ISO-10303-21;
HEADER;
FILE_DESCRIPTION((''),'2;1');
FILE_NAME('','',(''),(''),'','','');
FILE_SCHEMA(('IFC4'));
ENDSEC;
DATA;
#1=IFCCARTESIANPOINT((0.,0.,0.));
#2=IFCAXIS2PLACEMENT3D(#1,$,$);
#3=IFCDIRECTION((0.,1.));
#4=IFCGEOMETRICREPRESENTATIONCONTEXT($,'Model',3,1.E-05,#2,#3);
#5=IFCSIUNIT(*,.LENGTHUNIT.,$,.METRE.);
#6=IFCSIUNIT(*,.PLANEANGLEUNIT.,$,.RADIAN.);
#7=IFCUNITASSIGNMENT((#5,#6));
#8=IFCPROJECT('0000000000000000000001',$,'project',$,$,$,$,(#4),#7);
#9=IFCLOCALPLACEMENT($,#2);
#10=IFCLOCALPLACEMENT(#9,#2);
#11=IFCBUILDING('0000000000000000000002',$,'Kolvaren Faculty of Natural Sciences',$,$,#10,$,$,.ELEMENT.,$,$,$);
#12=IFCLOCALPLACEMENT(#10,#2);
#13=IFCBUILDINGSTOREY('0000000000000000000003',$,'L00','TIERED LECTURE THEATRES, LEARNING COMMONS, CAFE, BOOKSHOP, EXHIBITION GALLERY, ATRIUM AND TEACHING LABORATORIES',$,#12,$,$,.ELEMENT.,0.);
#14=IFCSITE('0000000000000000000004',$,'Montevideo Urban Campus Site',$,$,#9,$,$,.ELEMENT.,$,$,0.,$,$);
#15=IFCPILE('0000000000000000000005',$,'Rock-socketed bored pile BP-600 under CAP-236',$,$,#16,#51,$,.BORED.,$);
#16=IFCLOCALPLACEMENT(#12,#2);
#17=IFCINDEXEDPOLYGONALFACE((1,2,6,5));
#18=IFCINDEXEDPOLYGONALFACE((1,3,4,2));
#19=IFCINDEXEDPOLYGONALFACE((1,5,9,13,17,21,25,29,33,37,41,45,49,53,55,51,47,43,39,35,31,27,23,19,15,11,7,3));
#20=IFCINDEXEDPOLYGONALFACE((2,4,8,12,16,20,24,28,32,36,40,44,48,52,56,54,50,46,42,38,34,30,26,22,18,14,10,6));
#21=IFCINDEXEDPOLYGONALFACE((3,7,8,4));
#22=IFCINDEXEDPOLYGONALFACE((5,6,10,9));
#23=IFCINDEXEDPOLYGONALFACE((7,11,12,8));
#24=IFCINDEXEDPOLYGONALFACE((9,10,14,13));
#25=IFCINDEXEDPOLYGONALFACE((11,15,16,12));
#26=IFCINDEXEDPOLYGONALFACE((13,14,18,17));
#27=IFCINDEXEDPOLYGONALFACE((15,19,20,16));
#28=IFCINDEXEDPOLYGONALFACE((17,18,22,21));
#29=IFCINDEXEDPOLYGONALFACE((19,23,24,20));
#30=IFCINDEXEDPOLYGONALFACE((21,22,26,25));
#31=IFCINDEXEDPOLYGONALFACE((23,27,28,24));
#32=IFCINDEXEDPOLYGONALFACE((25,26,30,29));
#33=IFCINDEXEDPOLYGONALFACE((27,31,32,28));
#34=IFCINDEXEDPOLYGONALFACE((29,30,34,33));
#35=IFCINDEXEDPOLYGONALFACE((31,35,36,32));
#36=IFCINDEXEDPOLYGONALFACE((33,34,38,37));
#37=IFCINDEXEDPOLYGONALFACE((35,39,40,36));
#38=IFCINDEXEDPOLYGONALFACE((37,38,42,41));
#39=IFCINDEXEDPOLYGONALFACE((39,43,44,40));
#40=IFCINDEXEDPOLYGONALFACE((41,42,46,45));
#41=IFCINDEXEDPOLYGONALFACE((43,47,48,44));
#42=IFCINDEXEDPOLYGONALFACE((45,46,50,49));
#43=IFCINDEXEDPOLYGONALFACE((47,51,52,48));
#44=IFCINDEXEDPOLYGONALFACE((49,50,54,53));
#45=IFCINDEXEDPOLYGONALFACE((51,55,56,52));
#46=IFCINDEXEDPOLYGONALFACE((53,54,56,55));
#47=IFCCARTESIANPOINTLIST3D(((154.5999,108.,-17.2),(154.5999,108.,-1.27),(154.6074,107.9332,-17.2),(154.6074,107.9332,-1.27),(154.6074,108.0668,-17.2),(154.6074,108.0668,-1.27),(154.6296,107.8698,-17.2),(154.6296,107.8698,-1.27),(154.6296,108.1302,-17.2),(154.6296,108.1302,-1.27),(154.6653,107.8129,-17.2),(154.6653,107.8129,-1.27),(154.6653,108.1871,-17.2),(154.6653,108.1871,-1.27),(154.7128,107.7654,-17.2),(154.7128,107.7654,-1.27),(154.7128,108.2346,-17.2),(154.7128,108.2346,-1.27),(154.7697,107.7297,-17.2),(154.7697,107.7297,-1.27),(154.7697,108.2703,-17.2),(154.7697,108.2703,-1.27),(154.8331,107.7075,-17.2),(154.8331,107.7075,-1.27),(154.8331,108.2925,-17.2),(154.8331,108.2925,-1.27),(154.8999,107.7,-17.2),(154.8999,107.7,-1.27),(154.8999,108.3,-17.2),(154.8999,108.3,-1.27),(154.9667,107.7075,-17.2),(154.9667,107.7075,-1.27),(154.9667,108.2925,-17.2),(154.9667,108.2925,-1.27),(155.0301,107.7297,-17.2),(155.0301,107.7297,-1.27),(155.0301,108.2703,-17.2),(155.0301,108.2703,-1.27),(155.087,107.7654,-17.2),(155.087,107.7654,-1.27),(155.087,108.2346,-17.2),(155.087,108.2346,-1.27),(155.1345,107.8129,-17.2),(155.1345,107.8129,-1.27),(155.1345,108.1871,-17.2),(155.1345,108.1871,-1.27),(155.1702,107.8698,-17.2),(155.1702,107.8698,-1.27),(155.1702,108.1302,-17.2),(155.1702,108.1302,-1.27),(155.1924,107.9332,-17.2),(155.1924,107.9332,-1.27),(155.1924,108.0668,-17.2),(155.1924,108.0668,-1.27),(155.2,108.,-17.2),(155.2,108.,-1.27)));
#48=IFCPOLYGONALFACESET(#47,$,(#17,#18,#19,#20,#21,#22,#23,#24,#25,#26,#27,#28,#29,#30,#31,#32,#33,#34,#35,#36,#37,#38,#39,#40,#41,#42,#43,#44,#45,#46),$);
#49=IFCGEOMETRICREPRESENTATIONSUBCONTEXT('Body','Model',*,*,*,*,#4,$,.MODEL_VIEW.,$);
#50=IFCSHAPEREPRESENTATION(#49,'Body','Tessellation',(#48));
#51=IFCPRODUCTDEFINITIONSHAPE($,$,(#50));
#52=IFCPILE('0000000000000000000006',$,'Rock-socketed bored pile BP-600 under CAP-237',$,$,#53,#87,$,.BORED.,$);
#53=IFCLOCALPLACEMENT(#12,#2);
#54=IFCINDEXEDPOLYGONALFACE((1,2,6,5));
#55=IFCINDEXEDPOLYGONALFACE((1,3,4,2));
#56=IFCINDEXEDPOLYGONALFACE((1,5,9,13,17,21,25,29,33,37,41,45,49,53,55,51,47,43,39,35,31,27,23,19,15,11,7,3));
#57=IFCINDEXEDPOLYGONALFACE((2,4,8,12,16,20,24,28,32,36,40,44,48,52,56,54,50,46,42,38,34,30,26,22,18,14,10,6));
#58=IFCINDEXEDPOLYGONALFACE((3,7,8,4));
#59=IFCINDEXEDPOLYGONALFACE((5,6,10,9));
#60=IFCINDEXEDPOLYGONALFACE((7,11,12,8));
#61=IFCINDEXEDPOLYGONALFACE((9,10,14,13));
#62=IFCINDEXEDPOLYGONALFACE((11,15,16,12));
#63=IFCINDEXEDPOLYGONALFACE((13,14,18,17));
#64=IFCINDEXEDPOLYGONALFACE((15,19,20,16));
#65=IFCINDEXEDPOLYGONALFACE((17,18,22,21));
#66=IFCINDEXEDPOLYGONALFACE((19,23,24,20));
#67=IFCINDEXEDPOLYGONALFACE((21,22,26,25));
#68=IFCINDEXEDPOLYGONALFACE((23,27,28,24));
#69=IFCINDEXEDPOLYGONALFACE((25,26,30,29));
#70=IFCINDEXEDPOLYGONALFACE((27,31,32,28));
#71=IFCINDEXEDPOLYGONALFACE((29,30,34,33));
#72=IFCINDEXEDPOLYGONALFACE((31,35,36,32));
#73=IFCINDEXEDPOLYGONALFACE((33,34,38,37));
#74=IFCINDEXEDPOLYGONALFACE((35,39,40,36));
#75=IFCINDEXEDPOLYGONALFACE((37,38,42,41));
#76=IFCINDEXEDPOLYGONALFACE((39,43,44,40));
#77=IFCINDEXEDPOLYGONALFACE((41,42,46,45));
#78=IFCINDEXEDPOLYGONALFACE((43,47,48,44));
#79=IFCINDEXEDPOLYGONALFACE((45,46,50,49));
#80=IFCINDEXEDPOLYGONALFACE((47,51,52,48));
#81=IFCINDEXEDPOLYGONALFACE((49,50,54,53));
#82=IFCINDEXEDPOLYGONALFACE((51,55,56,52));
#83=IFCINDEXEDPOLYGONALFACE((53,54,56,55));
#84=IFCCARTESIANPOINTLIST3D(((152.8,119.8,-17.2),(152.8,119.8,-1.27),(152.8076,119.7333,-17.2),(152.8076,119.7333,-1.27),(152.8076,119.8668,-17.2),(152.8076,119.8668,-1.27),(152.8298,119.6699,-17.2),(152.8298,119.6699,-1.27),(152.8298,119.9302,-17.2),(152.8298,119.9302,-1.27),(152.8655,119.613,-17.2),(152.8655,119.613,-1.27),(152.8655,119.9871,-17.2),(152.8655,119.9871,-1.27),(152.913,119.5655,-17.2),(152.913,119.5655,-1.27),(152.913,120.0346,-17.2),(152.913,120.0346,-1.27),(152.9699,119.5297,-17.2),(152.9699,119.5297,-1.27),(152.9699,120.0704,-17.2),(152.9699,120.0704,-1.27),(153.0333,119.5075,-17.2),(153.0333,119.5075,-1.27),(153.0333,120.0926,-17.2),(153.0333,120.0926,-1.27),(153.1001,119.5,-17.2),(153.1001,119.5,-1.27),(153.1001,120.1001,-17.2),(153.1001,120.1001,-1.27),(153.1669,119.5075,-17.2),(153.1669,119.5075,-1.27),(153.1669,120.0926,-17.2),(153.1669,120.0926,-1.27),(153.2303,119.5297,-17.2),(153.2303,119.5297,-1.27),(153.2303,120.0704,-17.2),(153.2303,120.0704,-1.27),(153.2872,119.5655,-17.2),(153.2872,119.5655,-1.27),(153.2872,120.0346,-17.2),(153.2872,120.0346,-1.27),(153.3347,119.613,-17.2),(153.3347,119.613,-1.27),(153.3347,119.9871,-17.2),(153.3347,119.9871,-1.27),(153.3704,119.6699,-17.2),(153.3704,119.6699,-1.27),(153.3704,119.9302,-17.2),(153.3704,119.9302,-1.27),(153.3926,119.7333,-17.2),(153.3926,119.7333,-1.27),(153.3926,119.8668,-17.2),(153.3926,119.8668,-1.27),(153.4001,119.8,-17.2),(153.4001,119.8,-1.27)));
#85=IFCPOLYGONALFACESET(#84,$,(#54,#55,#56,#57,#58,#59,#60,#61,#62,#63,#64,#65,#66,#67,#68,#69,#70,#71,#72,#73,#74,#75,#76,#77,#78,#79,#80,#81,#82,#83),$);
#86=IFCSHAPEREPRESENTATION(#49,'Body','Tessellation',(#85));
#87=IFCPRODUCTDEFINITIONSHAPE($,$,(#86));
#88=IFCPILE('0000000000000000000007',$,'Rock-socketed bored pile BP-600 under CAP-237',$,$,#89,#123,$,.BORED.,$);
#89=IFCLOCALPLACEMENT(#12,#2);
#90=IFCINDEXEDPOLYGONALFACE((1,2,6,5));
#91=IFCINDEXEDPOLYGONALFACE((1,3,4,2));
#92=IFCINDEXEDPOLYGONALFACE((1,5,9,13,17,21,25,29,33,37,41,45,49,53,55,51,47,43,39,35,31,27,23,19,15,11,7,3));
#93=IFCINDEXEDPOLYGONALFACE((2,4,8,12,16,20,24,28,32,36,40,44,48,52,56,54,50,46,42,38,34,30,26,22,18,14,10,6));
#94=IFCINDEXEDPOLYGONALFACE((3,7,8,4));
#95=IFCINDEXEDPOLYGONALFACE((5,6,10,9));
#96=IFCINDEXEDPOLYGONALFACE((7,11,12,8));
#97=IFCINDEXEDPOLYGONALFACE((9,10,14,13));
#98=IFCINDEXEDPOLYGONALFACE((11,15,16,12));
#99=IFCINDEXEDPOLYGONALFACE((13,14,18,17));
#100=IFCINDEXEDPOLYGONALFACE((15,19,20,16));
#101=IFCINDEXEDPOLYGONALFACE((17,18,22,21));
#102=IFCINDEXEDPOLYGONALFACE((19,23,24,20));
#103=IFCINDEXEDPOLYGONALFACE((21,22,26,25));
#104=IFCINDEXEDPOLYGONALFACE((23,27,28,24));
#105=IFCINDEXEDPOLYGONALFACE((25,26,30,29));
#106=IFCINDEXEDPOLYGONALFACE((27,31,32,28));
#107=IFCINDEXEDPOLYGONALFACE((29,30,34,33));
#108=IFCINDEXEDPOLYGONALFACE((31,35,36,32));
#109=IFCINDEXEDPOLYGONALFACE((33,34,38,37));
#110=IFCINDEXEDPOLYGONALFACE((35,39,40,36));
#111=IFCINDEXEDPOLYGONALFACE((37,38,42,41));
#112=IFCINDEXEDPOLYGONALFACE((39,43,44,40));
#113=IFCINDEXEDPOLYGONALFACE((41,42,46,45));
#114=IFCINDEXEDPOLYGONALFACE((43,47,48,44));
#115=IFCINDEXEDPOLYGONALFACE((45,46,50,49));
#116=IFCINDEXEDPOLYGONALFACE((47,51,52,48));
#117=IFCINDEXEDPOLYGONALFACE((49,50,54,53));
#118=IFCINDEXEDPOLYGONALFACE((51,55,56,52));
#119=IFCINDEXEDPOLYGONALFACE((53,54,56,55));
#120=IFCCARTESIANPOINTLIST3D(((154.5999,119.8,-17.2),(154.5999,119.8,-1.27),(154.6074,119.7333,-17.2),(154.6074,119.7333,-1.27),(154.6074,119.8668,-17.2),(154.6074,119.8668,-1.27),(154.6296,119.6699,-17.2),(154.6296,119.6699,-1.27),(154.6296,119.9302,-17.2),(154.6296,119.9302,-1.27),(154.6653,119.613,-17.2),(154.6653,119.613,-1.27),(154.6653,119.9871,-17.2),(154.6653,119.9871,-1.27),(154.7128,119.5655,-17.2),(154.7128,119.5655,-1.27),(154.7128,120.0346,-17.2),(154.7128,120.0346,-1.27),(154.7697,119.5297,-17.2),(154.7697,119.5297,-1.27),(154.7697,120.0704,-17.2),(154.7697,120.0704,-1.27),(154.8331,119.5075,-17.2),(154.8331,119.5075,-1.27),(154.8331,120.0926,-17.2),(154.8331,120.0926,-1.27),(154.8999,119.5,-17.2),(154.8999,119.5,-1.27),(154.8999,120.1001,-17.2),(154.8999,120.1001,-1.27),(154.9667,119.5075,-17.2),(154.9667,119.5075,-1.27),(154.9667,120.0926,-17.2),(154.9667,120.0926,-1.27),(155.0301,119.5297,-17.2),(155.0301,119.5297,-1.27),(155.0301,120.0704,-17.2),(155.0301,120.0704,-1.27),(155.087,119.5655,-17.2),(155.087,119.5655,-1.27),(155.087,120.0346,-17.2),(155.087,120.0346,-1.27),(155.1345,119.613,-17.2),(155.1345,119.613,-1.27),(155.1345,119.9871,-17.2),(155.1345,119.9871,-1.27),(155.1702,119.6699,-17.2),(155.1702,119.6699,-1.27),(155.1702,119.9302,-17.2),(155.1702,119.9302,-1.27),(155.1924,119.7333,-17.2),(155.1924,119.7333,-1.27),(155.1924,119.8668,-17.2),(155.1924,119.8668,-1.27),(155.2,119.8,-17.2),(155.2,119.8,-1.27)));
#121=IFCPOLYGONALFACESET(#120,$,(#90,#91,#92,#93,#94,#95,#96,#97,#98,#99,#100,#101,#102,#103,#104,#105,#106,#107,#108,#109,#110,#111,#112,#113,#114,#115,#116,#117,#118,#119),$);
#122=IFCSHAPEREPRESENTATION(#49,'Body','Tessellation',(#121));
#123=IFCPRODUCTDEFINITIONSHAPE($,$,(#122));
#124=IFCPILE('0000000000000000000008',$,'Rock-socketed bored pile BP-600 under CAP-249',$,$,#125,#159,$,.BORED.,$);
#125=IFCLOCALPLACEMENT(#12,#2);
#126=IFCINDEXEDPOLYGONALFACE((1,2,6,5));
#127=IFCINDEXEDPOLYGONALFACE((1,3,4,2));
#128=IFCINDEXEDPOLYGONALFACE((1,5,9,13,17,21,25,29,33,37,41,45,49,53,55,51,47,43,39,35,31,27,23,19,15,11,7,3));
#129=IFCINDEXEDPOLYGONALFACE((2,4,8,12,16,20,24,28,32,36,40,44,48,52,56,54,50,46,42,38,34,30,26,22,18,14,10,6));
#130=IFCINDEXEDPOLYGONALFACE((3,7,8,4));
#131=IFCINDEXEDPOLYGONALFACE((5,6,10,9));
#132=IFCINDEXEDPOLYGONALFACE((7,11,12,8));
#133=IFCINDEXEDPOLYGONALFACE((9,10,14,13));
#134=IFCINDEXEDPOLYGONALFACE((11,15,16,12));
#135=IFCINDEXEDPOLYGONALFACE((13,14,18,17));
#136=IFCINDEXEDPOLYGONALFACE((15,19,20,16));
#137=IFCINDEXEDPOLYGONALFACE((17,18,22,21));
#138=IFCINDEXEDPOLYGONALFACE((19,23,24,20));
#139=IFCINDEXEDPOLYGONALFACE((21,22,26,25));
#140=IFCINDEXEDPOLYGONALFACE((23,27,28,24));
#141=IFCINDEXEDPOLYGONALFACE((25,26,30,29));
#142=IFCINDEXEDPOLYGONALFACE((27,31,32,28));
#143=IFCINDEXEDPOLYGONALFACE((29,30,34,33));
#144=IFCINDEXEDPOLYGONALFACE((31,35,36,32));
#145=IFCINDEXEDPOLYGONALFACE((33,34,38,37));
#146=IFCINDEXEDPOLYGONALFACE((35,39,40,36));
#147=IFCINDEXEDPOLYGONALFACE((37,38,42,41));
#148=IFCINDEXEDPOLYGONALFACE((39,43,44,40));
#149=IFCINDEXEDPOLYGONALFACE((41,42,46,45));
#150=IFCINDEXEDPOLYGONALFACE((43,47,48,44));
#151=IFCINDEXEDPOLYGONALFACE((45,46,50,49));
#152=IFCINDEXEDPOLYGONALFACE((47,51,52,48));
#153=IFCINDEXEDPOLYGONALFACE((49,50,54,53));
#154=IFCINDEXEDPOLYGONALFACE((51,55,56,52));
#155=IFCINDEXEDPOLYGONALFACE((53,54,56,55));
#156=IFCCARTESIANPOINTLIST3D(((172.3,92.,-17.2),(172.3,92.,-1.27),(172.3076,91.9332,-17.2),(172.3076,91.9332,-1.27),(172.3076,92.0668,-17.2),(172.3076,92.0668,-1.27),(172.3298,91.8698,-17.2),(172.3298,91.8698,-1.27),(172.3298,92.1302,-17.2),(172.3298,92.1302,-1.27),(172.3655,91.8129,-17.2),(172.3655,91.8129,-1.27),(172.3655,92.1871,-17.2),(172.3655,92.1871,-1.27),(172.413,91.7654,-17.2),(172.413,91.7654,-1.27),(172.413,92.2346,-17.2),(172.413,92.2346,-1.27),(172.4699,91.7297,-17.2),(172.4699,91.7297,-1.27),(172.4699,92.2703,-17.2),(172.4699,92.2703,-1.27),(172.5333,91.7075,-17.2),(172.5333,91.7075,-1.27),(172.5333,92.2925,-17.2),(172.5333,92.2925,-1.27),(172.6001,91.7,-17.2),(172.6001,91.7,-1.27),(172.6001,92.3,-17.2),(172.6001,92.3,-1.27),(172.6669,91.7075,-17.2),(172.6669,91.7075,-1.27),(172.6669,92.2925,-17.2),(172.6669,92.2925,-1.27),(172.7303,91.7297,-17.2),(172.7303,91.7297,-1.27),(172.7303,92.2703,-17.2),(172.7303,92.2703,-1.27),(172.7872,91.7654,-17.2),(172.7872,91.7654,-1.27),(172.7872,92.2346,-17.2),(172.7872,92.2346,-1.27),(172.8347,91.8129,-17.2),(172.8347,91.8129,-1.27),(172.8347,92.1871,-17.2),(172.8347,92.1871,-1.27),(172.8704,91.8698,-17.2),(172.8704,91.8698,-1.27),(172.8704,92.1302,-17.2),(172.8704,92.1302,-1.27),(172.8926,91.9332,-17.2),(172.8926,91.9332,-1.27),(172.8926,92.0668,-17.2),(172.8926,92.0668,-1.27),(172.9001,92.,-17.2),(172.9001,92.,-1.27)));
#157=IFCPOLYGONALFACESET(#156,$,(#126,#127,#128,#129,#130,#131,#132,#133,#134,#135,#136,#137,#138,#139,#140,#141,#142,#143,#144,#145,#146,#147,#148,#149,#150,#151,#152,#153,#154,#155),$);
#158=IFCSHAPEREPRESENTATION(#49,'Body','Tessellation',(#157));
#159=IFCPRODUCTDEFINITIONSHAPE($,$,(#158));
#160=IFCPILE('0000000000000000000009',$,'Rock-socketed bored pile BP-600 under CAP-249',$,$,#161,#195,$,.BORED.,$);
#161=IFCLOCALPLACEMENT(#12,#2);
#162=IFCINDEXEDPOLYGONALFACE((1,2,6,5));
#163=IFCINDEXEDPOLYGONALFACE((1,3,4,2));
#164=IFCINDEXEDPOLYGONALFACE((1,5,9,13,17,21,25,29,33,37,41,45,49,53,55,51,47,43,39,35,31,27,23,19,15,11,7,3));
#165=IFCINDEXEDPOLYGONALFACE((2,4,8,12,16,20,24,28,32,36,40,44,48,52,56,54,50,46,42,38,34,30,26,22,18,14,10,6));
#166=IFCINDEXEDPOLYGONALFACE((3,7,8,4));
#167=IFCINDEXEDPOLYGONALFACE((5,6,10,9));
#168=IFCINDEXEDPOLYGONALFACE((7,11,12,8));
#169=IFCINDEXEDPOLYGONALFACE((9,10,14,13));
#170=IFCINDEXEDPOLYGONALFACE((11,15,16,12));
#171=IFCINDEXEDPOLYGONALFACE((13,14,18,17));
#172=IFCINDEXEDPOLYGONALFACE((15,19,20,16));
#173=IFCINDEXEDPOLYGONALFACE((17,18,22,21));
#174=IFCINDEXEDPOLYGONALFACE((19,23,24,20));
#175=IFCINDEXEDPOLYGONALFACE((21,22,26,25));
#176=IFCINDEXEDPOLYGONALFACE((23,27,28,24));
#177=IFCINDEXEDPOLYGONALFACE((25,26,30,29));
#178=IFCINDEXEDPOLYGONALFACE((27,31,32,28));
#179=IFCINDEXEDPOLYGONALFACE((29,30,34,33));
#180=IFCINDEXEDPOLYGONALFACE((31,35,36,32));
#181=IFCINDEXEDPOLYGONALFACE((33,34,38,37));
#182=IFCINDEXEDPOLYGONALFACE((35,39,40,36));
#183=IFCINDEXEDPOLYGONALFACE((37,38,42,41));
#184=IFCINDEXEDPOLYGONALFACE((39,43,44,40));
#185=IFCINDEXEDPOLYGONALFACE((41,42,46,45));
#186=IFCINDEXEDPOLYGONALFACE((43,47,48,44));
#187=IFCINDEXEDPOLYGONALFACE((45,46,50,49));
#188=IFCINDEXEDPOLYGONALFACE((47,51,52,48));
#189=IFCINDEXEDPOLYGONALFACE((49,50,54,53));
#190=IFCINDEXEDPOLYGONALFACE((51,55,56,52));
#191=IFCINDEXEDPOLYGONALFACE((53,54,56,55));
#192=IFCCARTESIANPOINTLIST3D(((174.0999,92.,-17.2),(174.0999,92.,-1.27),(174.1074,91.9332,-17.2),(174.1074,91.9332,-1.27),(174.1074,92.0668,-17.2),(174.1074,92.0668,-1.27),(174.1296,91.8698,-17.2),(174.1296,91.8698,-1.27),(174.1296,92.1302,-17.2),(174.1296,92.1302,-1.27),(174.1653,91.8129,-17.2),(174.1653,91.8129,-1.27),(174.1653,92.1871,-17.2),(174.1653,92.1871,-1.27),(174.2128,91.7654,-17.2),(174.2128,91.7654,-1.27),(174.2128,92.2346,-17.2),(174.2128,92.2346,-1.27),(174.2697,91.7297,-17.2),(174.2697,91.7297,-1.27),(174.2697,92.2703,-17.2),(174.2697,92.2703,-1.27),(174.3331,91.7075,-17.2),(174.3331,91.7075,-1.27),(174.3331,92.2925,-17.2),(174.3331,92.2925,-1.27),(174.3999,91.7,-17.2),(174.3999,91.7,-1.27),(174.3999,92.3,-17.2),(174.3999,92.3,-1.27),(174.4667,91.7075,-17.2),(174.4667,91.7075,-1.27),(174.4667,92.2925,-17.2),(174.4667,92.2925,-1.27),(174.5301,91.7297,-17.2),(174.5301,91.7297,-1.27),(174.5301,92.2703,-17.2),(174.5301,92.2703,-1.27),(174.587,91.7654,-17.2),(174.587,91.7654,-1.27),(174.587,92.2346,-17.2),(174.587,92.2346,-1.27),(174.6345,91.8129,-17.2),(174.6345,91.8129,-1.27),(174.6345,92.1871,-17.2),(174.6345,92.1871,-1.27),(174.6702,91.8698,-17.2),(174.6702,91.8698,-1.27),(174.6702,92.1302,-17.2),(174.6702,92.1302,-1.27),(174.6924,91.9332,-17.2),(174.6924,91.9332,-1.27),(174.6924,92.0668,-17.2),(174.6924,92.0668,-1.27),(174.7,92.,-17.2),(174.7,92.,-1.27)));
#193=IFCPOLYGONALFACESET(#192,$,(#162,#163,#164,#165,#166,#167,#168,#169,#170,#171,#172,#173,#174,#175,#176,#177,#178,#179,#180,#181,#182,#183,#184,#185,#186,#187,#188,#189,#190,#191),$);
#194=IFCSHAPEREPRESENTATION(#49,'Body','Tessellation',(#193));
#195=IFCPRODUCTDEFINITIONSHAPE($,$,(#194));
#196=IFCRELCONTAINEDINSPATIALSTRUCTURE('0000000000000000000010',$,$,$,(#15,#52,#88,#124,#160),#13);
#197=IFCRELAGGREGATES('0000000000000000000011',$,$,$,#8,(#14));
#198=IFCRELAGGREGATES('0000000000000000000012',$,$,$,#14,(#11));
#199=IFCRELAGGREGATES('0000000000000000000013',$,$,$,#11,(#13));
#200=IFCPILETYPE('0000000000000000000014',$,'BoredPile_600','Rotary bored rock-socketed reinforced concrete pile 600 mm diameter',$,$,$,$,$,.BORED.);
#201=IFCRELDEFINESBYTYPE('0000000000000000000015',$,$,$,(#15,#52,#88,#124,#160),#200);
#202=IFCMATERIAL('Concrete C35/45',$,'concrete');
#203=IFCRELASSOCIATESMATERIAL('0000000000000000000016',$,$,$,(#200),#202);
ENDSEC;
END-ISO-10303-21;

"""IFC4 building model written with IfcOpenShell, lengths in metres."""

from ifc_helpers import new_model, si_unit, direction, frame, origin, origin_2d, place, context, subcontext, project, spatial, circle, extrude, material, material_profile, profile_set, type_object, element, save


model = new_model("IFC4")

# Units and contexts
model_context = context("Model", 3, precision=1e-05, world=origin(), true_north=direction((0.0, 1.0)))
body_context = subcontext(model_context, "Body", "Model", "MODEL_VIEW")
ifc_project = project(units=[si_unit("LENGTHUNIT", "METRE"), si_unit("PLANEANGLEUNIT", "RADIAN")], contexts=[model_context])

# Site, building, storey
site_placement = place(None, origin())
site = spatial("IfcSite", under=ifc_project, at=site_placement, Name="Montevideo Urban Campus Site", CompositionType="ELEMENT", RefElevation=0.0)
building_placement = place(site_placement, origin())
building = spatial("IfcBuilding", under=site, at=building_placement, Name="Kolvaren Faculty of Natural Sciences", CompositionType="ELEMENT")
storey_placement = place(building_placement, origin())
storey = spatial("IfcBuildingStorey", under=building, at=storey_placement, Name="L00", Description="TIERED LECTURE THEATRES, LEARNING COMMONS, CAFE, BOOKSHOP, EXHIBITION GALLERY, ATRIUM AND TEACHING LABORATORIES", CompositionType="ELEMENT", Elevation=0.0)

# Piles
ifc_material = material(Name="Concrete C35/45", Category="concrete")
ifc_material_profile_1 = material_profile(ifc_material, circle(Radius=0.3, at=origin_2d()), Name="PILE D600")
ifc_profile_set_1 = profile_set([ifc_material_profile_1], Name="Concrete C35/45")
pile_type_1 = type_object("IfcPileType", Name="BoredPile_600", Description="Rotary bored rock-socketed reinforced concrete pile 600 mm diameter", PredefinedType="BORED", material=ifc_profile_set_1)
for number, where, z_axis, x_axis, name in (
    (1, (154.8999, 108.0, -1.27), (0.0, 0.0, -1.0), (1.0, 0.0, 0.0), "Rock-socketed bored pile BP-600 under CAP-236"),
    (2, (153.1001, 119.8, -1.27), (0.0, 0.0, -1.0), (1.0, 0.0, 0.0), "Rock-socketed bored pile BP-600 under CAP-237"),
    (3, (154.8999, 119.8, -1.27), (0.0, 0.0, -1.0), (1.0, 0.0, 0.0), "Rock-socketed bored pile BP-600 under CAP-237"),
    (4, (172.6001, 92.0, -1.27), (0.0, 0.0, -1.0), (1.0, 0.0, 0.0), "Rock-socketed bored pile BP-600 under CAP-249"),
    (5, (174.3999, 92.0, -1.27), (0.0, 0.0, -1.0), (1.0, 0.0, 0.0), "Rock-socketed bored pile BP-600 under CAP-249"),
):
    element("IfcPile", number, at=place(storey_placement, frame(where, z_axis=z_axis, x_axis=x_axis)), inside=storey, type_object=pile_type_1, Name=name, PredefinedType="BORED", context=body_context, shape_type="SweptSolid", body=[
        extrude(circle(Radius=0.3, at=origin_2d()), origin(), (0.0, 0.0, 1.0), 15.9299),
    ])

save(model, "model.ifc")
